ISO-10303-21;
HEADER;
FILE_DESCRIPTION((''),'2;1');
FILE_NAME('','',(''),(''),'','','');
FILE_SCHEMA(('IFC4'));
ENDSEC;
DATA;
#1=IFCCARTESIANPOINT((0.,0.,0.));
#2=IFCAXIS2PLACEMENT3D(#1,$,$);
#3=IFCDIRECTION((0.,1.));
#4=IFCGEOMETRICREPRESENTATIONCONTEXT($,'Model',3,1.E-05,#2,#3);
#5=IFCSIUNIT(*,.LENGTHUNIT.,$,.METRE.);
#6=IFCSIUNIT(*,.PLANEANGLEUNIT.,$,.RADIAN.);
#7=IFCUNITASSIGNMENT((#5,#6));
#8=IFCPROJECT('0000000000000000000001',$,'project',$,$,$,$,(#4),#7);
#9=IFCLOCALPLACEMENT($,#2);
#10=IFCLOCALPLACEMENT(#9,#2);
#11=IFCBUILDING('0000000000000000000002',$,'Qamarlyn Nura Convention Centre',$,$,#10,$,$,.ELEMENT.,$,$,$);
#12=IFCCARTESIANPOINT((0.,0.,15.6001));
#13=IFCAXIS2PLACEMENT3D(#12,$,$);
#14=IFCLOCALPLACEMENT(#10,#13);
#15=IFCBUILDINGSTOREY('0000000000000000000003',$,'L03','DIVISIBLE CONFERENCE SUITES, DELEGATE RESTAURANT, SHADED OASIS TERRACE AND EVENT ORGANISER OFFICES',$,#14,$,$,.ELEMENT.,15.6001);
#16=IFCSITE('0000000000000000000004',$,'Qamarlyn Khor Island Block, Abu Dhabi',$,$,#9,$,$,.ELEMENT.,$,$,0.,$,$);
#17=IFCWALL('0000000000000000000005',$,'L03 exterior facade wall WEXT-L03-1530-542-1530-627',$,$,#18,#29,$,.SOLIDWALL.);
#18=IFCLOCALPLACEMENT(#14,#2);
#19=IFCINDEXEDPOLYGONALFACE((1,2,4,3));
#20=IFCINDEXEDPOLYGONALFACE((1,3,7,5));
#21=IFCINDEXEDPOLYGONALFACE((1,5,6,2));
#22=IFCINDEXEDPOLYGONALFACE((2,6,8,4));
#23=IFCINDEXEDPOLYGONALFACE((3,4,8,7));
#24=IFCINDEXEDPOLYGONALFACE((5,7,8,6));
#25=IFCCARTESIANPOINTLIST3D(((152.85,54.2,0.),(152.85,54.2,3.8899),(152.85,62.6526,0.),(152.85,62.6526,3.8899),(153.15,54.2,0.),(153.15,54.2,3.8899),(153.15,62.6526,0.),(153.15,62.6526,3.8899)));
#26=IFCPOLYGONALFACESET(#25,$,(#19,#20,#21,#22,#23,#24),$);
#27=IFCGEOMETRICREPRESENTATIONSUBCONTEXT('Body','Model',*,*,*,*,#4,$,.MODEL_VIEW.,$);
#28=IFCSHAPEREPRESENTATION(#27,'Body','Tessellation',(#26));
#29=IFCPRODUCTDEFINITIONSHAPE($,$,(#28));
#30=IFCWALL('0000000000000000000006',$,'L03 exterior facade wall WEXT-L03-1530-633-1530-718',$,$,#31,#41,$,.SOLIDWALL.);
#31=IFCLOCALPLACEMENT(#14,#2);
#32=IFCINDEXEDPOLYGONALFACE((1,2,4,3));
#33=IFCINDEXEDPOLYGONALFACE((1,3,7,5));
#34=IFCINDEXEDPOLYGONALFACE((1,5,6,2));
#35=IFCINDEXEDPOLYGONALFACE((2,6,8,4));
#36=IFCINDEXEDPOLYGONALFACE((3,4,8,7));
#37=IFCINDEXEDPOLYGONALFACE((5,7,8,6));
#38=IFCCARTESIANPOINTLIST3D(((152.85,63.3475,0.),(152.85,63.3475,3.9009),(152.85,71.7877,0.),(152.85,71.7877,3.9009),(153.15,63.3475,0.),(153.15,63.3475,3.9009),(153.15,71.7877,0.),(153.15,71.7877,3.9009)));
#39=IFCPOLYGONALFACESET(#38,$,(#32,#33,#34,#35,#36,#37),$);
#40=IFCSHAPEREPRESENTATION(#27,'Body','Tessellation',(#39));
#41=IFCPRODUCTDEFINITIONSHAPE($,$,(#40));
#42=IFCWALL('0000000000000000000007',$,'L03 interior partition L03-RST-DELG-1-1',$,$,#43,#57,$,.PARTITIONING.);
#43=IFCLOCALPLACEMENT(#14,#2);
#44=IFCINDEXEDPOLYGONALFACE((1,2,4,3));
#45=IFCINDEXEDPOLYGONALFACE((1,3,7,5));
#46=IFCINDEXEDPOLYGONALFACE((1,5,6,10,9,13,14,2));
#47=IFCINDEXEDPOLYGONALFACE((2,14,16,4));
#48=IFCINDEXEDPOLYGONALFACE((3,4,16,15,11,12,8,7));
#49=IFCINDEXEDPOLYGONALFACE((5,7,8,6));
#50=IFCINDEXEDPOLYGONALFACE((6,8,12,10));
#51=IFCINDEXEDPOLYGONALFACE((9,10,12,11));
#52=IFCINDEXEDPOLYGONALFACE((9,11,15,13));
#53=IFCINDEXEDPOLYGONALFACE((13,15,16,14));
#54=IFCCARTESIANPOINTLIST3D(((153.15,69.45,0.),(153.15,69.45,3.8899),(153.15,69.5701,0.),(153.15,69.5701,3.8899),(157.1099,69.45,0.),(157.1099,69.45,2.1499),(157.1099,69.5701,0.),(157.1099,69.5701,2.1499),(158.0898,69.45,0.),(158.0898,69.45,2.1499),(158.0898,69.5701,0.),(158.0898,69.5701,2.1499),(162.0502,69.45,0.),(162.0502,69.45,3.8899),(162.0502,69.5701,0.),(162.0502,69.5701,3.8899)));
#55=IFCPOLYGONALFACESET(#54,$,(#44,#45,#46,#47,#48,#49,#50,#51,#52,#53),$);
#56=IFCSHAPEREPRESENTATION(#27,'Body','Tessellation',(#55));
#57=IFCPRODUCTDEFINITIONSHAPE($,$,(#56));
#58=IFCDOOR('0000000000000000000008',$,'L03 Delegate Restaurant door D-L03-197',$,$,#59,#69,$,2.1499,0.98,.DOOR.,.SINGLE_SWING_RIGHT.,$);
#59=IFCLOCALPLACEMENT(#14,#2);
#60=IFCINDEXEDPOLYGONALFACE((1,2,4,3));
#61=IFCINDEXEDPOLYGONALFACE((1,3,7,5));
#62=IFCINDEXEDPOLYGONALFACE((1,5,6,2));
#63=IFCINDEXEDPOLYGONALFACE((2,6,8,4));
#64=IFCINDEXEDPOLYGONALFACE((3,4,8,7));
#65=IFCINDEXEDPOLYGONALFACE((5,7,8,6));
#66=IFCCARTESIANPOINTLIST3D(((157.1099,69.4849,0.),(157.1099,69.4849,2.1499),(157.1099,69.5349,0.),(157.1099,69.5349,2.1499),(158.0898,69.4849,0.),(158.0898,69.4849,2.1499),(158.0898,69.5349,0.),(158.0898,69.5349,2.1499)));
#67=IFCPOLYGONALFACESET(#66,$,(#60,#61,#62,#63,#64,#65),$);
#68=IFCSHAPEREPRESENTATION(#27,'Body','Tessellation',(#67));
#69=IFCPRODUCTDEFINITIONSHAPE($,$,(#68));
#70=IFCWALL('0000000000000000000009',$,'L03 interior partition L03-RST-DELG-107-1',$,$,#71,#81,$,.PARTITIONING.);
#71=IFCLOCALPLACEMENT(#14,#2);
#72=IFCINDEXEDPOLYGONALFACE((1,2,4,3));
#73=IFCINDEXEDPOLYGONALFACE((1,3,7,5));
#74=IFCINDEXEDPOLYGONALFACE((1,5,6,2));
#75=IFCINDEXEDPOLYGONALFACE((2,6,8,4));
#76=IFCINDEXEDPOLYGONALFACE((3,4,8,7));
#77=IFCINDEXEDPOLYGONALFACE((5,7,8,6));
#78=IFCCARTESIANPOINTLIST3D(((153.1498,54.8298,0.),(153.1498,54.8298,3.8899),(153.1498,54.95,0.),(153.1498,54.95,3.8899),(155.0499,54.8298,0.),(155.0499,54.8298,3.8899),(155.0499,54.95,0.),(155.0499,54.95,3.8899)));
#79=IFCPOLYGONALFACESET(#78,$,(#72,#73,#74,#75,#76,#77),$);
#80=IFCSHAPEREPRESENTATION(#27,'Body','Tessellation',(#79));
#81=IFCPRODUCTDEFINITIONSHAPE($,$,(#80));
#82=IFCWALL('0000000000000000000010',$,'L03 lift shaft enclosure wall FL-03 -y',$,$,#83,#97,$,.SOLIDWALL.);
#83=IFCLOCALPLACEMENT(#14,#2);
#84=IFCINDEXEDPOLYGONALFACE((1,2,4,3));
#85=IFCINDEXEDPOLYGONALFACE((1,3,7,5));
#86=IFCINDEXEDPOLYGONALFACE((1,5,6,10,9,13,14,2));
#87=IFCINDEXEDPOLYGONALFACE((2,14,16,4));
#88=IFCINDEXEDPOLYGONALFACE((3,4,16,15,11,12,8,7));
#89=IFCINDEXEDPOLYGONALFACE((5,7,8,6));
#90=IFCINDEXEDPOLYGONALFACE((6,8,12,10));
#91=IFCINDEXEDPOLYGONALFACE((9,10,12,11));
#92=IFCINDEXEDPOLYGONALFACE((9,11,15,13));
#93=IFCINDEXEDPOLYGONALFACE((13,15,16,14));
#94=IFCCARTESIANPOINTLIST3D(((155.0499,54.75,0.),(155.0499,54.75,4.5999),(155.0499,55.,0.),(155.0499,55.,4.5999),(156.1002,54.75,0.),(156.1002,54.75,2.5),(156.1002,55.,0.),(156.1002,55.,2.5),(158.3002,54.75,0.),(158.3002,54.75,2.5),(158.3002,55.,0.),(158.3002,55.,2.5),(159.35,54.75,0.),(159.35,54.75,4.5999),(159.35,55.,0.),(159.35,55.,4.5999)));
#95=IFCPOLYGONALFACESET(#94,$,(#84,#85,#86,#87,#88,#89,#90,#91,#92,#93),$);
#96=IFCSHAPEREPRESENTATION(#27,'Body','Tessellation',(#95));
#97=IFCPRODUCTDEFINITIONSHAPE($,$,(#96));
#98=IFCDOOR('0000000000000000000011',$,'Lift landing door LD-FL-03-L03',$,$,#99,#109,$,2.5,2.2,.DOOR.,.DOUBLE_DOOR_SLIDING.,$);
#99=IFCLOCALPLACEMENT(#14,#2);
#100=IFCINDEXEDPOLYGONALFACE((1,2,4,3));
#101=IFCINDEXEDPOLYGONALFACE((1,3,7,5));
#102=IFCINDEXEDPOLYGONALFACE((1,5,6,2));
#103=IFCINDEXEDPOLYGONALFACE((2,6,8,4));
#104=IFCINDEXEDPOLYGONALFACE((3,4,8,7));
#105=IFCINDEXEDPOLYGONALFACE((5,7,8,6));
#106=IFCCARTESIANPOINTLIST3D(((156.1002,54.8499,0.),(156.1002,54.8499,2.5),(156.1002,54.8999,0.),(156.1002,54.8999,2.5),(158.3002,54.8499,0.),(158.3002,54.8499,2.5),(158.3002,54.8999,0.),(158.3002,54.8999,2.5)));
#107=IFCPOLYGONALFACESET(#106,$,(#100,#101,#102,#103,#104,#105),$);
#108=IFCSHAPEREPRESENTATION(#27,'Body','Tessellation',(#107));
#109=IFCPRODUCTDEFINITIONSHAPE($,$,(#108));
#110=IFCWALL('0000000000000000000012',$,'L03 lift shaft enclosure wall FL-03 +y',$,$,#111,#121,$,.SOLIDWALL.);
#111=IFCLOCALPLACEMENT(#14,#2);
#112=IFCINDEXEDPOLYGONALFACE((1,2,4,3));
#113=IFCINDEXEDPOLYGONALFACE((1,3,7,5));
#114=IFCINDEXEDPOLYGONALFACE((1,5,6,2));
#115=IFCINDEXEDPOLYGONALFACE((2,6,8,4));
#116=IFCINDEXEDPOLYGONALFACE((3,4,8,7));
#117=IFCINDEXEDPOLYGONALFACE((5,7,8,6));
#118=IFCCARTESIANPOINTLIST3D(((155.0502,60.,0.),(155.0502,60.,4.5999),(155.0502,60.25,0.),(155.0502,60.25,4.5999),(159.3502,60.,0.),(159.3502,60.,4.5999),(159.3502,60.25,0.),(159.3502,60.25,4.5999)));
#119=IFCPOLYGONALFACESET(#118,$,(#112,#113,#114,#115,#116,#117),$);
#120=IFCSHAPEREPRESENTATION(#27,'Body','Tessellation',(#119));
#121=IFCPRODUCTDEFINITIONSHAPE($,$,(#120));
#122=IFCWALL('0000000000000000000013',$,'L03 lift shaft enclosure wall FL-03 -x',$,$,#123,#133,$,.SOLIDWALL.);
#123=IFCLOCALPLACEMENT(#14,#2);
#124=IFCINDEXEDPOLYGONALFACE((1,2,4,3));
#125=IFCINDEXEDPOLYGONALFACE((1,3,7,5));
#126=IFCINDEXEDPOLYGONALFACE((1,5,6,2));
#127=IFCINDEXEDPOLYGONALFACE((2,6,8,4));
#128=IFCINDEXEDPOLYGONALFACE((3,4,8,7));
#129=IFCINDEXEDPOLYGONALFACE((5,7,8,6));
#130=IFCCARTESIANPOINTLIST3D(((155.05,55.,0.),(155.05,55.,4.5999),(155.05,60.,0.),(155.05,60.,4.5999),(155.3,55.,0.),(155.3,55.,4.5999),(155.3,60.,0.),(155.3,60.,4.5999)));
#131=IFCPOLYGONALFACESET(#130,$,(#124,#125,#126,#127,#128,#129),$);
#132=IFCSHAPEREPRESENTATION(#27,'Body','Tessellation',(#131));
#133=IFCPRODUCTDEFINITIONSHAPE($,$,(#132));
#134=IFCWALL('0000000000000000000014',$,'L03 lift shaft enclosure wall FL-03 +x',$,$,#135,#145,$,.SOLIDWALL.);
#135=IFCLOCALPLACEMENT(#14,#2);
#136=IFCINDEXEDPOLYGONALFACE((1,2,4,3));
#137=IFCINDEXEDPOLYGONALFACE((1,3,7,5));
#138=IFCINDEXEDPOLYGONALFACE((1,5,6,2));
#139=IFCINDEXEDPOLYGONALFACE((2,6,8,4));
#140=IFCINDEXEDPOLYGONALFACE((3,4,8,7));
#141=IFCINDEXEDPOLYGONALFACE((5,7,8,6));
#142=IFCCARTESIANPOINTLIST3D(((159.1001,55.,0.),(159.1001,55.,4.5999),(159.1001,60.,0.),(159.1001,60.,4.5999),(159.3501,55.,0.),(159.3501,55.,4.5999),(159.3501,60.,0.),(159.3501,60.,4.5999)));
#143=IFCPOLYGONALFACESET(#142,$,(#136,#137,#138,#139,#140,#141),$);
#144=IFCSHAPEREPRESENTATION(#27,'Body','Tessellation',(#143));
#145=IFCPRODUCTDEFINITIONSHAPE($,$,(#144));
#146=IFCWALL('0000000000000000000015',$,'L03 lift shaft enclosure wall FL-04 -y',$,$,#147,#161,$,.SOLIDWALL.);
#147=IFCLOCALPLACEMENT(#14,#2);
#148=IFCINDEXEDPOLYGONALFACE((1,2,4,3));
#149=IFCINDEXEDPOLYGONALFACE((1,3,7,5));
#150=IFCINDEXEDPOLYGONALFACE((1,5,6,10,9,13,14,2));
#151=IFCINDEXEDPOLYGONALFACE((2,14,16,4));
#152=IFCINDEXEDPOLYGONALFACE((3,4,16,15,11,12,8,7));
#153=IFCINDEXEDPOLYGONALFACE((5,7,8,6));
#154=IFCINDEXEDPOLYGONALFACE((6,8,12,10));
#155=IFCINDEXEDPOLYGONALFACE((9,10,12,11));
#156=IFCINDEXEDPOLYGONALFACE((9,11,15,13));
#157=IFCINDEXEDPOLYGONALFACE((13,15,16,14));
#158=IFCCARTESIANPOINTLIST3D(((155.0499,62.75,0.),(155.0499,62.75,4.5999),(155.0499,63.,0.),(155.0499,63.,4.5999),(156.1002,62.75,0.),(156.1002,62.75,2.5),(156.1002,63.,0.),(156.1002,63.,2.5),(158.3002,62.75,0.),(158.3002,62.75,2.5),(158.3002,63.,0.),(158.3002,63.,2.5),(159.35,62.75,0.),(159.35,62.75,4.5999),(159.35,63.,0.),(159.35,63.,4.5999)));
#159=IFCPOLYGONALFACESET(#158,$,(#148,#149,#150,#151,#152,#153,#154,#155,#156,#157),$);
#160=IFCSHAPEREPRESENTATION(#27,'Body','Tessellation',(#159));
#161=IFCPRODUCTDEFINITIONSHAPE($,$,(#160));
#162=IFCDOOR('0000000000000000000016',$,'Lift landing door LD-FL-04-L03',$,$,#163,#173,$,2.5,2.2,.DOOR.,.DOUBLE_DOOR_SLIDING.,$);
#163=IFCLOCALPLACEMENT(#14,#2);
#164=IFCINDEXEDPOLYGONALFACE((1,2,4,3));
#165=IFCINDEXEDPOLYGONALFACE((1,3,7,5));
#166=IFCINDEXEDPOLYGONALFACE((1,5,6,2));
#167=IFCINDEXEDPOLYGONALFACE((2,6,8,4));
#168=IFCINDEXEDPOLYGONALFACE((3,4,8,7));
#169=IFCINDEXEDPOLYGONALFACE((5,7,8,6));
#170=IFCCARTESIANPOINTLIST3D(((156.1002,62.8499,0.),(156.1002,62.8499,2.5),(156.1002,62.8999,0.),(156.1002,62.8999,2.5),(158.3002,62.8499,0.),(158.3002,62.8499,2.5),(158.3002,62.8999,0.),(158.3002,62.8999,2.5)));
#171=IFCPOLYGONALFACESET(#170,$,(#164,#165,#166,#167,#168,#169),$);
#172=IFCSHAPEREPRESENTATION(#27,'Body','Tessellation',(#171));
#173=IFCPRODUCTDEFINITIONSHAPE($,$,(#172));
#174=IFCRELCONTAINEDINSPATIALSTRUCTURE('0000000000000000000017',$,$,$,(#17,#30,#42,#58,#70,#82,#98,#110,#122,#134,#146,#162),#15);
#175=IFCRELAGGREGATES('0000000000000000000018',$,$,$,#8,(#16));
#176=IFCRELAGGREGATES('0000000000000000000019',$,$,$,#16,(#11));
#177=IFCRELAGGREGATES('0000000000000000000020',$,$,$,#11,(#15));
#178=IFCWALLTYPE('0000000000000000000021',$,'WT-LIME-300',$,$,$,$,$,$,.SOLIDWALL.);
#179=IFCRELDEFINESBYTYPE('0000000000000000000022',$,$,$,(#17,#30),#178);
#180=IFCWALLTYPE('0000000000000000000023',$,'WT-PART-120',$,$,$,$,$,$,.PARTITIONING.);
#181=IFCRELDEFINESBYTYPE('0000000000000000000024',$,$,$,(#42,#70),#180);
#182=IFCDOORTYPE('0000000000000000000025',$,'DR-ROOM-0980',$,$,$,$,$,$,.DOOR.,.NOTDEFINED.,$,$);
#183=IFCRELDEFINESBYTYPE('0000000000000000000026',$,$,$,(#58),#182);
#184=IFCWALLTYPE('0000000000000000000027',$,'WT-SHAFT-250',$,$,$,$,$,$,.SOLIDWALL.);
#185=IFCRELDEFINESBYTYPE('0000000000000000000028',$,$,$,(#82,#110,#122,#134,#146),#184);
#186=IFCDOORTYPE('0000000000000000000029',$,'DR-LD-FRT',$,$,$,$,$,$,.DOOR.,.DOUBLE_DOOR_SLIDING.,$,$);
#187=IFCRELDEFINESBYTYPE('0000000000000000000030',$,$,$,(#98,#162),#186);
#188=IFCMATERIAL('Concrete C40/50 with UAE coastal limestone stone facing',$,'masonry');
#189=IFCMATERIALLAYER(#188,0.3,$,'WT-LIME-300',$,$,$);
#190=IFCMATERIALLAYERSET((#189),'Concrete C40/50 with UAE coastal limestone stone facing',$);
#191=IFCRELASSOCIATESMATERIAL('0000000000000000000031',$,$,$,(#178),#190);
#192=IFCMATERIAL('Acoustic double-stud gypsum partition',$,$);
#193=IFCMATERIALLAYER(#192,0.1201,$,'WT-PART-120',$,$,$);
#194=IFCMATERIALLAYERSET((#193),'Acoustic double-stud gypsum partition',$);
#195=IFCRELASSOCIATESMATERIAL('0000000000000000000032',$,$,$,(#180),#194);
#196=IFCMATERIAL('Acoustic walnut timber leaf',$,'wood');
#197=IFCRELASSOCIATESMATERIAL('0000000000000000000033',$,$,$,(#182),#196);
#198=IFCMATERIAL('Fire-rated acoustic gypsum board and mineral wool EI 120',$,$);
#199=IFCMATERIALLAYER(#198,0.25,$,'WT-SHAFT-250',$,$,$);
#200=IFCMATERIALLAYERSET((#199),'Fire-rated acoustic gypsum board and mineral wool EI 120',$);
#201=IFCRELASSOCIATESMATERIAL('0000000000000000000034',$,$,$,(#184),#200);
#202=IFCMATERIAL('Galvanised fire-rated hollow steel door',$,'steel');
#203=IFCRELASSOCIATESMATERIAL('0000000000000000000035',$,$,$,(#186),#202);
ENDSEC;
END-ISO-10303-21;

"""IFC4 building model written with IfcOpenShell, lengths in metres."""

from ifc_helpers import new_model, si_unit, direction, frame, frame_2d, origin, place, context, subcontext, project, spatial, rectangle, extrude, material, layer, layer_set, type_object, element, fill, save


model = new_model("IFC4")

# Units and contexts
model_context = context("Model", 3, precision=1e-05, world=origin(), true_north=direction((0.0, 1.0)))
body_context = subcontext(model_context, "Body", "Model", "MODEL_VIEW")
ifc_project = project(units=[si_unit("LENGTHUNIT", "METRE"), si_unit("PLANEANGLEUNIT", "RADIAN")], contexts=[model_context])

# Site, building, storey
site_placement = place(None, origin())
site = spatial("IfcSite", under=ifc_project, at=site_placement, Name="Qamarlyn Khor Island Block, Abu Dhabi", CompositionType="ELEMENT", RefElevation=0.0)
building_placement = place(site_placement, origin())
building = spatial("IfcBuilding", under=site, at=building_placement, Name="Qamarlyn Nura Convention Centre", CompositionType="ELEMENT")
storey_placement = place(building_placement, frame((0.0, 0.0, 15.6001)))
storey = spatial("IfcBuildingStorey", under=building, at=storey_placement, Name="L03", Description="DIVISIBLE CONFERENCE SUITES, DELEGATE RESTAURANT, SHADED OASIS TERRACE AND EVENT ORGANISER OFFICES", CompositionType="ELEMENT", Elevation=15.6001)

# Walls
ifc_material_1 = material(Name="Concrete C40/50 with UAE coastal limestone stone facing", Category="masonry")
ifc_layer_1 = layer(ifc_material_1, 0.3, Name="WT-LIME-300")
ifc_layer_set_1 = layer_set([ifc_layer_1], Name="Concrete C40/50 with UAE coastal limestone stone facing")
wall_type_1 = type_object("IfcWallType", Name="WT-LIME-300", PredefinedType="SOLIDWALL", material=ifc_layer_set_1)
wall_1_placement = place(storey_placement, frame((153.0, 54.2, 0.0), z_axis=(0.0, 0.0, 1.0), x_axis=(0.0, 1.0, 0.0)))
element("IfcWall", 1, at=wall_1_placement, inside=storey, type_object=wall_type_1, Name="L03 exterior facade wall WEXT-L03-1530-542-1530-627", PredefinedType="SOLIDWALL", context=body_context, shape_type="SweptSolid", body=[
    extrude(rectangle(XDim=8.4526, YDim=0.3, at=frame_2d((4.2263, 0.0))), origin(), (0.0, 0.0, 1.0), 3.8899),
])
wall_2_placement = place(storey_placement, frame((153.0, 63.3474, 0.0), z_axis=(0.0, 0.0, 1.0), x_axis=(0.0, 1.0, 0.0)))
element("IfcWall", 2, at=wall_2_placement, inside=storey, type_object=wall_type_1, Name="L03 exterior facade wall WEXT-L03-1530-633-1530-718", PredefinedType="SOLIDWALL", context=body_context, shape_type="SweptSolid", body=[
    extrude(rectangle(XDim=8.4402, YDim=0.3, at=frame_2d((4.2202, 0.0))), origin(), (0.0, 0.0, 1.0), 3.9009),
])

# Wall, opening, door
ifc_material_2 = material(Name="Acoustic double-stud gypsum partition")
ifc_layer_2 = layer(ifc_material_2, 0.1201, Name="WT-PART-120")
ifc_layer_set_2 = layer_set([ifc_layer_2], Name="Acoustic double-stud gypsum partition")
wall_type_2 = type_object("IfcWallType", Name="WT-PART-120", PredefinedType="PARTITIONING", material=ifc_layer_set_2)
wall_3_placement = place(storey_placement, frame((153.1499, 69.51, 0.0), z_axis=(0.0, 0.0, 1.0), x_axis=(1.0, 0.0, 0.0)))
wall_3 = element("IfcWall", 3, at=wall_3_placement, inside=storey, type_object=wall_type_2, Name="L03 interior partition L03-RST-DELG-1-1", PredefinedType="PARTITIONING", context=body_context, shape_type="SweptSolid", body=[
    extrude(rectangle(XDim=8.9001, YDim=0.1201, at=frame_2d((4.4502, 0.0))), origin(), (0.0, 0.0, 1.0), 3.8899),
])
opening_1_placement = place(wall_3_placement, frame((3.96, 0.0, 0.0)))
opening_1 = element("IfcOpeningElement", 4, at=opening_1_placement, cuts=wall_3, PredefinedType="OPENING", context=body_context, shape_type="SweptSolid", body=[
    extrude(rectangle(XDim=0.98, YDim=2.1499, at=frame_2d((0.49, 1.075))), frame((0.0, 0.0701, 0.0), z_axis=(0.0, -1.0, 0.0), x_axis=(1.0, 0.0, 0.0)), (0.0, 0.0, 1.0), 0.1401),
])
ifc_material_3 = material(Name="Acoustic walnut timber leaf", Category="wood")
door_type_1 = type_object("IfcDoorType", Name="DR-ROOM-0980", OperationType="NOTDEFINED", PredefinedType="DOOR", material=ifc_material_3)
door_1_placement = place(opening_1_placement, origin())
door_1 = element("IfcDoor", 5, at=door_1_placement, inside=storey, type_object=door_type_1, Name="L03 Delegate Restaurant door D-L03-197", OperationType="SINGLE_SWING_RIGHT", OverallHeight=2.1499, OverallWidth=0.98, PredefinedType="DOOR", context=body_context, shape_type="SweptSolid", body=[
    extrude(rectangle(XDim=0.98, YDim=2.1499, at=frame_2d((0.49, 1.075))), frame((0.0, 0.0249, 0.0), z_axis=(0.0, -1.0, 0.0), x_axis=(1.0, 0.0, 0.0)), (0.0, 0.0, 1.0), 0.05),
])
fill(opening_1, door_1)

# Wall
wall_4_placement = place(storey_placement, frame((155.05, 54.8899, 0.0), z_axis=(0.0, 0.0, 1.0), x_axis=(-1.0, 0.0, 0.0)))
element("IfcWall", 6, at=wall_4_placement, inside=storey, type_object=wall_type_2, Name="L03 interior partition L03-RST-DELG-107-1", PredefinedType="PARTITIONING", context=body_context, shape_type="SweptSolid", body=[
    extrude(rectangle(XDim=1.9001, YDim=0.1201, at=frame_2d((0.9502, 0.0))), origin(), (0.0, 0.0, 1.0), 3.8899),
])

# Wall, opening, door
ifc_material_4 = material(Name="Fire-rated acoustic gypsum board and mineral wool EI 120")
ifc_layer_3 = layer(ifc_material_4, 0.25, Name="WT-SHAFT-250")
ifc_layer_set_3 = layer_set([ifc_layer_3], Name="Fire-rated acoustic gypsum board and mineral wool EI 120")
wall_type_3 = type_object("IfcWallType", Name="WT-SHAFT-250", PredefinedType="SOLIDWALL", material=ifc_layer_set_3)
wall_5_placement = place(storey_placement, frame((155.05, 54.875, 0.0), z_axis=(0.0, 0.0, 1.0), x_axis=(1.0, 0.0, 0.0)))
wall_5 = element("IfcWall", 7, at=wall_5_placement, inside=storey, type_object=wall_type_3, Name="L03 lift shaft enclosure wall FL-03 -y", PredefinedType="SOLIDWALL", context=body_context, shape_type="SweptSolid", body=[
    extrude(rectangle(XDim=4.3, YDim=0.25, at=frame_2d((2.1499, 0.0))), origin(), (0.0, 0.0, 1.0), 4.5999),
])
opening_2_placement = place(wall_5_placement, frame((1.05, 0.0, 0.0)))
opening_2 = element("IfcOpeningElement", 8, at=opening_2_placement, cuts=wall_5, PredefinedType="OPENING", context=body_context, shape_type="SweptSolid", body=[
    extrude(rectangle(XDim=2.2, YDim=2.5, at=frame_2d((1.1001, 1.25))), frame((0.0, 0.135, 0.0), z_axis=(0.0, -1.0, 0.0), x_axis=(1.0, 0.0, 0.0)), (0.0, 0.0, 1.0), 0.27),
])
ifc_material_5 = material(Name="Galvanised fire-rated hollow steel door", Category="steel")
door_type_2 = type_object("IfcDoorType", Name="DR-LD-FRT", OperationType="DOUBLE_DOOR_SLIDING", PredefinedType="DOOR", material=ifc_material_5)
door_2_placement = place(opening_2_placement, origin())
door_2 = element("IfcDoor", 9, at=door_2_placement, inside=storey, type_object=door_type_2, Name="Lift landing door LD-FL-03-L03", OperationType="DOUBLE_DOOR_SLIDING", OverallHeight=2.5, OverallWidth=2.2, PredefinedType="DOOR", context=body_context, shape_type="SweptSolid", body=[
    extrude(rectangle(XDim=2.2, YDim=2.5, at=frame_2d((1.1001, 1.25))), frame((0.0, 0.0249, 0.0), z_axis=(0.0, -1.0, 0.0), x_axis=(1.0, 0.0, 0.0)), (0.0, 0.0, 1.0), 0.05),
])
fill(opening_2, door_2)

# Walls
wall_6_placement = place(storey_placement, frame((159.3501, 60.125, 0.0), z_axis=(0.0, 0.0, 1.0), x_axis=(-1.0, 0.0, 0.0)))
element("IfcWall", 10, at=wall_6_placement, inside=storey, type_object=wall_type_3, Name="L03 lift shaft enclosure wall FL-03 +y", PredefinedType="SOLIDWALL", context=body_context, shape_type="SweptSolid", body=[
    extrude(rectangle(XDim=4.3, YDim=0.25, at=frame_2d((2.1499, 0.0))), origin(), (0.0, 0.0, 1.0), 4.5999),
])
for number, where, z_axis, x_axis, name in (
    (11, (155.175, 60.0, 0.0), (0.0, 0.0, 1.0), (0.0, -1.0, 0.0), "L03 lift shaft enclosure wall FL-03 -x"),
    (12, (159.2251, 55.0, 0.0), (0.0, 0.0, 1.0), (0.0, 1.0, 0.0), "L03 lift shaft enclosure wall FL-03 +x"),
):
    element("IfcWall", number, at=place(storey_placement, frame(where, z_axis=z_axis, x_axis=x_axis)), inside=storey, type_object=wall_type_3, Name=name, PredefinedType="SOLIDWALL", context=body_context, shape_type="SweptSolid", body=[
        extrude(rectangle(XDim=5.0, YDim=0.25, at=frame_2d((2.5, 0.0))), origin(), (0.0, 0.0, 1.0), 4.5999),
    ])

# Wall, opening, door
wall_7_placement = place(storey_placement, frame((155.05, 62.875, 0.0), z_axis=(0.0, 0.0, 1.0), x_axis=(1.0, 0.0, 0.0)))
wall_7 = element("IfcWall", 13, at=wall_7_placement, inside=storey, type_object=wall_type_3, Name="L03 lift shaft enclosure wall FL-04 -y", PredefinedType="SOLIDWALL", context=body_context, shape_type="SweptSolid", body=[
    extrude(rectangle(XDim=4.3, YDim=0.25, at=frame_2d((2.1499, 0.0))), origin(), (0.0, 0.0, 1.0), 4.5999),
])
opening_3_placement = place(wall_7_placement, frame((1.05, 0.0, 0.0)))
opening_3 = element("IfcOpeningElement", 14, at=opening_3_placement, cuts=wall_7, PredefinedType="OPENING", context=body_context, shape_type="SweptSolid", body=[
    extrude(rectangle(XDim=2.2, YDim=2.5, at=frame_2d((1.1001, 1.25))), frame((0.0, 0.135, 0.0), z_axis=(0.0, -1.0, 0.0), x_axis=(1.0, 0.0, 0.0)), (0.0, 0.0, 1.0), 0.27),
])
door_3_placement = place(opening_3_placement, origin())
door_3 = element("IfcDoor", 15, at=door_3_placement, inside=storey, type_object=door_type_2, Name="Lift landing door LD-FL-04-L03", OperationType="DOUBLE_DOOR_SLIDING", OverallHeight=2.5, OverallWidth=2.2, PredefinedType="DOOR", context=body_context, shape_type="SweptSolid", body=[
    extrude(rectangle(XDim=2.2, YDim=2.5, at=frame_2d((1.1001, 1.25))), frame((0.0, 0.0249, 0.0), z_axis=(0.0, -1.0, 0.0), x_axis=(1.0, 0.0, 0.0)), (0.0, 0.0, 1.0), 0.05),
])
fill(opening_3, door_3)

save(model, "model.ifc")
